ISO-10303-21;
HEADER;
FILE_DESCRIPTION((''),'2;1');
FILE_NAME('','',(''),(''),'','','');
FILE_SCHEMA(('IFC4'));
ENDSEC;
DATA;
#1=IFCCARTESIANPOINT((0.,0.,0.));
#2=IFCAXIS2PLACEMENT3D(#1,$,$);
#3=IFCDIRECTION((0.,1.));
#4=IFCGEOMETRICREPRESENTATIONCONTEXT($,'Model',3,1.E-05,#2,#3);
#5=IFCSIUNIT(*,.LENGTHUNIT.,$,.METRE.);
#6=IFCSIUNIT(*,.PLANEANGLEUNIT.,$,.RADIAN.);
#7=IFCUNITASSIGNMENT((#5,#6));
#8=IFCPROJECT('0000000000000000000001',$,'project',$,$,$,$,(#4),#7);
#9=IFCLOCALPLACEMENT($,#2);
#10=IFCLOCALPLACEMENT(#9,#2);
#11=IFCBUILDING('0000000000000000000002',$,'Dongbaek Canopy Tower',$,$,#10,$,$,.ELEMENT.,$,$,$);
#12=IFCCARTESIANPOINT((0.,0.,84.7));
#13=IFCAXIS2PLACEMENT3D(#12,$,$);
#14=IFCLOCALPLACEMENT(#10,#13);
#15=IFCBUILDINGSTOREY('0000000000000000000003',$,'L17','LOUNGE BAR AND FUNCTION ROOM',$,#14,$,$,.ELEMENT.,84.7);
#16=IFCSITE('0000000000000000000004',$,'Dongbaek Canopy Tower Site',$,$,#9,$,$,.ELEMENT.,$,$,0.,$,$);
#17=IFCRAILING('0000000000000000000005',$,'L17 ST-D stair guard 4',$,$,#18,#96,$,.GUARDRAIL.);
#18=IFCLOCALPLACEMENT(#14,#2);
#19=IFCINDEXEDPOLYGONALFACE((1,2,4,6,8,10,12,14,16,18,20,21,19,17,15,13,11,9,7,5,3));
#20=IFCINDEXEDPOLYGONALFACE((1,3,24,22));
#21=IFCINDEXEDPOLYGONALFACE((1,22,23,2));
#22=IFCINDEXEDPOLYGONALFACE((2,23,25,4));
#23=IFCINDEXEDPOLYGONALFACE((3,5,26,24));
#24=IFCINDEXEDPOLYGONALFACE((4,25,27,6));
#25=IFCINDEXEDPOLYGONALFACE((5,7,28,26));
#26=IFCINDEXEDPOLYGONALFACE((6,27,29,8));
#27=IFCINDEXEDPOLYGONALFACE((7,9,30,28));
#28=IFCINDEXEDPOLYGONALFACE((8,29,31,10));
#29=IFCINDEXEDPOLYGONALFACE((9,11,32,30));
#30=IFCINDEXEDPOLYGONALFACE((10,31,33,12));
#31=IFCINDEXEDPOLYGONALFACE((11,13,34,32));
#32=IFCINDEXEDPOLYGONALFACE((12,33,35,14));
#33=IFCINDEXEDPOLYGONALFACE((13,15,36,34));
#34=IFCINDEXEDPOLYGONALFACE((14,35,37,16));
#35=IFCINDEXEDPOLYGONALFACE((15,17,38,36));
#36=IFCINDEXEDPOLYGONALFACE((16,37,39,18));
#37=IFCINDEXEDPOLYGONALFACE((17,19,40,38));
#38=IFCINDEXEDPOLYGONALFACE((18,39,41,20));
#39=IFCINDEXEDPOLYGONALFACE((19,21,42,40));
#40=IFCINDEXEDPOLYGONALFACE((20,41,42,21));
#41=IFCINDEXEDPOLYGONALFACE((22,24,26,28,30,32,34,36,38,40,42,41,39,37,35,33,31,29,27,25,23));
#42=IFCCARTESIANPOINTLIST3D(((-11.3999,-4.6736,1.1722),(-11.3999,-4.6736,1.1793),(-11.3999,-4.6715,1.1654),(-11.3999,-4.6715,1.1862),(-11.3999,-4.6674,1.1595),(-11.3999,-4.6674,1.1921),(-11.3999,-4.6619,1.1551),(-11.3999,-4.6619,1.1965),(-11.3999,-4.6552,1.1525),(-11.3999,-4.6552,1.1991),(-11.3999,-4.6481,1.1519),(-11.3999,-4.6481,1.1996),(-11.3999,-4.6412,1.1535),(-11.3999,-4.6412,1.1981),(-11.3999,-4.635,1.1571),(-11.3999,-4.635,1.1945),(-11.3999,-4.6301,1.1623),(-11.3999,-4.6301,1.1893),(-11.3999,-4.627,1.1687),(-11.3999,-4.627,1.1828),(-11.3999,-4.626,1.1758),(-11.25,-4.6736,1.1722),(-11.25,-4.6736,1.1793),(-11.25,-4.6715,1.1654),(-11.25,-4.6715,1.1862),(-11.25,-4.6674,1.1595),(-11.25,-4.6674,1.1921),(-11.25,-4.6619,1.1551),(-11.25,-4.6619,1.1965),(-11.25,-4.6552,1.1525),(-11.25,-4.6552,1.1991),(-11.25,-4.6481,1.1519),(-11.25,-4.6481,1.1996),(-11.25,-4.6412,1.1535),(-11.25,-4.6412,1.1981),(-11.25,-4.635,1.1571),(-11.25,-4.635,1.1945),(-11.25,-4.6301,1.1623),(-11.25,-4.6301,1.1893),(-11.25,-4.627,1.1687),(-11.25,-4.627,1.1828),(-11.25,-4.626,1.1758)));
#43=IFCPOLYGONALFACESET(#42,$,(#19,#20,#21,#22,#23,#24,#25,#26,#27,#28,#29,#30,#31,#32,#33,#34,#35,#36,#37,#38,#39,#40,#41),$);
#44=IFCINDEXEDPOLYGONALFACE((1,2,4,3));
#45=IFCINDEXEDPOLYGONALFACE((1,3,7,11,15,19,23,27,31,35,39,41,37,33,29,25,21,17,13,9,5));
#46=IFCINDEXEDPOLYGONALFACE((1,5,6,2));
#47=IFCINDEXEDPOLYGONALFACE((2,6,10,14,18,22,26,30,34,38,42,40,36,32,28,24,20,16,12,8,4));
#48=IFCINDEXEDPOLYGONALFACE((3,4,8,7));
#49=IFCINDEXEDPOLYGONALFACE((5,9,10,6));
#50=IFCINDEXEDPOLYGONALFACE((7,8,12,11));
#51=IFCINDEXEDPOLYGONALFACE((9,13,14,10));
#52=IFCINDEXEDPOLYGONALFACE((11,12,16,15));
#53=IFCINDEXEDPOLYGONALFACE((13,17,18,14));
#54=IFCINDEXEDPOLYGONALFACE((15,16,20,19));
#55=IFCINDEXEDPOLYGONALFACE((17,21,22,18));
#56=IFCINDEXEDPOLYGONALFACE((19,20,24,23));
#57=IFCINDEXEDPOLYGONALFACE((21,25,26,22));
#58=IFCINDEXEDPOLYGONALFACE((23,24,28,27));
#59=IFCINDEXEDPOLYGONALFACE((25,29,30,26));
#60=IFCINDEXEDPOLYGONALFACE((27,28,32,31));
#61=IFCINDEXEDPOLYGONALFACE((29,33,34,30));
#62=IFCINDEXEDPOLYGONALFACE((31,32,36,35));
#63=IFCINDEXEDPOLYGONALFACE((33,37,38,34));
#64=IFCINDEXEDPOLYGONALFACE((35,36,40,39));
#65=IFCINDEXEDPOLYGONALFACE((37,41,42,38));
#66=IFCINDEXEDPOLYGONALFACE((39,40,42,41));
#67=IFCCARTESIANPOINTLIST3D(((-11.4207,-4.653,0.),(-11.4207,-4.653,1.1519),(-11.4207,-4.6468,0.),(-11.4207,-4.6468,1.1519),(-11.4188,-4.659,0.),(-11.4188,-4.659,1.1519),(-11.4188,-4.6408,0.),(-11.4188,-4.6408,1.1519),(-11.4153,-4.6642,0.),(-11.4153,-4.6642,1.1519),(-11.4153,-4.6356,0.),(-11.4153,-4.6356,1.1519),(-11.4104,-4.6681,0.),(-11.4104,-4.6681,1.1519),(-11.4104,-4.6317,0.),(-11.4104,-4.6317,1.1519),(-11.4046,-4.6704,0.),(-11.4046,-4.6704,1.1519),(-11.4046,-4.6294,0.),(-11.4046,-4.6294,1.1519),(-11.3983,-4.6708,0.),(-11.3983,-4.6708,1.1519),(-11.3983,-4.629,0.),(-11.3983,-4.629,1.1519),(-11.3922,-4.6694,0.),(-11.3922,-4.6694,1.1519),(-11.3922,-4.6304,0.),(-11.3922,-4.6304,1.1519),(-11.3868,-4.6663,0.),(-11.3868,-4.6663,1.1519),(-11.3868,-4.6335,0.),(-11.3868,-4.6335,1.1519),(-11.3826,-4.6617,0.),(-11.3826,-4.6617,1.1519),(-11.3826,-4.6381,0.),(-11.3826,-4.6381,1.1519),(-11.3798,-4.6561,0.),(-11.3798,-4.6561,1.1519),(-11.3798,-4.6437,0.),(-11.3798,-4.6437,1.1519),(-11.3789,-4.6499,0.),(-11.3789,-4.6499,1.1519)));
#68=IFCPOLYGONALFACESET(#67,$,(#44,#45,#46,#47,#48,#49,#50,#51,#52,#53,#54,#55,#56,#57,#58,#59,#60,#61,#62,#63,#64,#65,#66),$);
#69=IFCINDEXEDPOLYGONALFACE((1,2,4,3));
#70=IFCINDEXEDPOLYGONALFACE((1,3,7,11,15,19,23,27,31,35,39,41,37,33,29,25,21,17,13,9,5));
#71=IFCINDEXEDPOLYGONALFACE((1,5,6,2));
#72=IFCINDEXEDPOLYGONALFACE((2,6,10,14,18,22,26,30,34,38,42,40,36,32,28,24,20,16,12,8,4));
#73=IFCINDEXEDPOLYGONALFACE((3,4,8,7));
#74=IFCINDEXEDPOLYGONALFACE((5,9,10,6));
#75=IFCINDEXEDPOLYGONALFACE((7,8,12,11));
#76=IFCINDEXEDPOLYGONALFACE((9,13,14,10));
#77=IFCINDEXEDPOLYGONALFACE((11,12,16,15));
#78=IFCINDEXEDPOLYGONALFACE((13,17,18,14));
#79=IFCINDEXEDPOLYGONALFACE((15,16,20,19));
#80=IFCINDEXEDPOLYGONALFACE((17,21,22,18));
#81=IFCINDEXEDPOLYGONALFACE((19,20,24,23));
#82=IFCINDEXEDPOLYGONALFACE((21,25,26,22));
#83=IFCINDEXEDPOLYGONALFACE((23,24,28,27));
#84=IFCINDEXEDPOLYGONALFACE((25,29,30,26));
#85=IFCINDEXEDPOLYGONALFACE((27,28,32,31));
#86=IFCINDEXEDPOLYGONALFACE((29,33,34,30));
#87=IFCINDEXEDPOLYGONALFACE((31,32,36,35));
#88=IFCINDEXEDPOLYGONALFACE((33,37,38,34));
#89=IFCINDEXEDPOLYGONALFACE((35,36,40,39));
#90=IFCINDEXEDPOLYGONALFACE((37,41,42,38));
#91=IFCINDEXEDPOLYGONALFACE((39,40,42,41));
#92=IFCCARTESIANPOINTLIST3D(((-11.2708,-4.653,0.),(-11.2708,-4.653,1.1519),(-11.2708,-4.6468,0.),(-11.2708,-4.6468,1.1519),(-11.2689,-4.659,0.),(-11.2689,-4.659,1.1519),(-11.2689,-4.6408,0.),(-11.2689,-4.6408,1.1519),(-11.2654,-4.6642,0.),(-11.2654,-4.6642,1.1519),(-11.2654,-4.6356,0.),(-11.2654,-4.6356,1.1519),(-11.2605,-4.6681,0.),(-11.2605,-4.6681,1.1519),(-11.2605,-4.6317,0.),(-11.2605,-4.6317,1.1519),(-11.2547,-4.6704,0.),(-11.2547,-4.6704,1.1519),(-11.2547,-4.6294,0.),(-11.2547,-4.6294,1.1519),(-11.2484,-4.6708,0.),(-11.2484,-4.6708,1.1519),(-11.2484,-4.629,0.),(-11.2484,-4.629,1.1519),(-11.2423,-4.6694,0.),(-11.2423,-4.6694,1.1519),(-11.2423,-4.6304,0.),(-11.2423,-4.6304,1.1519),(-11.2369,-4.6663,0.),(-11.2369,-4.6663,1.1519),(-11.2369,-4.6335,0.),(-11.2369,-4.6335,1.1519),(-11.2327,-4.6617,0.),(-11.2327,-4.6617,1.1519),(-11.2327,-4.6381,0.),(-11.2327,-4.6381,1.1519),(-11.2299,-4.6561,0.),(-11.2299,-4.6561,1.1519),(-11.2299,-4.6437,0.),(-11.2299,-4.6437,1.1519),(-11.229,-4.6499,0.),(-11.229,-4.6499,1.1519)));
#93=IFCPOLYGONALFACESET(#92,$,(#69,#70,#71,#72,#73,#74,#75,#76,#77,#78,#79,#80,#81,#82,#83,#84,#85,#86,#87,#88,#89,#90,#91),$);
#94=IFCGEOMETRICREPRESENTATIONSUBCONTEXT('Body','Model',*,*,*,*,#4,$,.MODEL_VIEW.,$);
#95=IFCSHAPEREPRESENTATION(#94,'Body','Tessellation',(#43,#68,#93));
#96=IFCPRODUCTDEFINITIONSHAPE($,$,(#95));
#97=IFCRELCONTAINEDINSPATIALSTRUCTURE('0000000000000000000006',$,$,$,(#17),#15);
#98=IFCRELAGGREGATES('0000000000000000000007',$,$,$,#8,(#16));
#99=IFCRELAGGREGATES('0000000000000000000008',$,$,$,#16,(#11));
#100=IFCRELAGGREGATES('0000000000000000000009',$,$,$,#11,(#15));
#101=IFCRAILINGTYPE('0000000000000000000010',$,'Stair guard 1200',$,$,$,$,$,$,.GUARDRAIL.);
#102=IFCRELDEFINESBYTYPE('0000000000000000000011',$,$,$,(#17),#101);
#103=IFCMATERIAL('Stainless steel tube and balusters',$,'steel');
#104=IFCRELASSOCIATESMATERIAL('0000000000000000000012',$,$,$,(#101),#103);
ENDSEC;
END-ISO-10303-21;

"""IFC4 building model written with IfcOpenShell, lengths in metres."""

from ifc_helpers import new_model, si_unit, direction, frame, origin, origin_2d, place, context, subcontext, project, spatial, circle, extrude, material, type_object, element, save


model = new_model("IFC4")

# Units and contexts
model_context = context("Model", 3, precision=1e-05, world=origin(), true_north=direction((0.0, 1.0)))
body_context = subcontext(model_context, "Body", "Model", "MODEL_VIEW")
ifc_project = project(units=[si_unit("LENGTHUNIT", "METRE"), si_unit("PLANEANGLEUNIT", "RADIAN")], contexts=[model_context])

# Site, building, storey
site_placement = place(None, origin())
site = spatial("IfcSite", under=ifc_project, at=site_placement, Name="Dongbaek Canopy Tower Site", CompositionType="ELEMENT", RefElevation=0.0)
building_placement = place(site_placement, origin())
building = spatial("IfcBuilding", under=site, at=building_placement, Name="Dongbaek Canopy Tower", CompositionType="ELEMENT")
storey_placement = place(building_placement, frame((0.0, 0.0, 84.7)))
storey = spatial("IfcBuildingStorey", under=building, at=storey_placement, Name="L17", Description="LOUNGE BAR AND FUNCTION ROOM", CompositionType="ELEMENT", Elevation=84.7)

# Railing
ifc_material_1 = material(Name="Stainless steel tube and balusters", Category="steel")
railing_type_1 = type_object("IfcRailingType", Name="Stair guard 1200", PredefinedType="GUARDRAIL", material=ifc_material_1)
railing_1_placement = place(storey_placement, frame((-11.3999, -4.6499, 0.0)))
element("IfcRailing", 1, at=railing_1_placement, inside=storey, type_object=railing_type_1, Name="L17 ST-D stair guard 4", PredefinedType="GUARDRAIL", context=body_context, shape_type="SweptSolid", body=[
    extrude(circle(Radius=0.0239, at=origin_2d()), frame((0.0, 0.0, 1.1758), z_axis=(1.0, 0.0, 0.0), x_axis=(0.0, 1.0, 0.0)), (0.0, 0.0, 1.0), 0.1499),
    extrude(circle(Radius=0.021, at=origin_2d()), origin(), (0.0, 0.0, 1.0), 1.1519),
    extrude(circle(Radius=0.021, at=origin_2d()), frame((0.1499, 0.0, 0.0)), (0.0, 0.0, 1.0), 1.1519),
])

save(model, "model.ifc")
